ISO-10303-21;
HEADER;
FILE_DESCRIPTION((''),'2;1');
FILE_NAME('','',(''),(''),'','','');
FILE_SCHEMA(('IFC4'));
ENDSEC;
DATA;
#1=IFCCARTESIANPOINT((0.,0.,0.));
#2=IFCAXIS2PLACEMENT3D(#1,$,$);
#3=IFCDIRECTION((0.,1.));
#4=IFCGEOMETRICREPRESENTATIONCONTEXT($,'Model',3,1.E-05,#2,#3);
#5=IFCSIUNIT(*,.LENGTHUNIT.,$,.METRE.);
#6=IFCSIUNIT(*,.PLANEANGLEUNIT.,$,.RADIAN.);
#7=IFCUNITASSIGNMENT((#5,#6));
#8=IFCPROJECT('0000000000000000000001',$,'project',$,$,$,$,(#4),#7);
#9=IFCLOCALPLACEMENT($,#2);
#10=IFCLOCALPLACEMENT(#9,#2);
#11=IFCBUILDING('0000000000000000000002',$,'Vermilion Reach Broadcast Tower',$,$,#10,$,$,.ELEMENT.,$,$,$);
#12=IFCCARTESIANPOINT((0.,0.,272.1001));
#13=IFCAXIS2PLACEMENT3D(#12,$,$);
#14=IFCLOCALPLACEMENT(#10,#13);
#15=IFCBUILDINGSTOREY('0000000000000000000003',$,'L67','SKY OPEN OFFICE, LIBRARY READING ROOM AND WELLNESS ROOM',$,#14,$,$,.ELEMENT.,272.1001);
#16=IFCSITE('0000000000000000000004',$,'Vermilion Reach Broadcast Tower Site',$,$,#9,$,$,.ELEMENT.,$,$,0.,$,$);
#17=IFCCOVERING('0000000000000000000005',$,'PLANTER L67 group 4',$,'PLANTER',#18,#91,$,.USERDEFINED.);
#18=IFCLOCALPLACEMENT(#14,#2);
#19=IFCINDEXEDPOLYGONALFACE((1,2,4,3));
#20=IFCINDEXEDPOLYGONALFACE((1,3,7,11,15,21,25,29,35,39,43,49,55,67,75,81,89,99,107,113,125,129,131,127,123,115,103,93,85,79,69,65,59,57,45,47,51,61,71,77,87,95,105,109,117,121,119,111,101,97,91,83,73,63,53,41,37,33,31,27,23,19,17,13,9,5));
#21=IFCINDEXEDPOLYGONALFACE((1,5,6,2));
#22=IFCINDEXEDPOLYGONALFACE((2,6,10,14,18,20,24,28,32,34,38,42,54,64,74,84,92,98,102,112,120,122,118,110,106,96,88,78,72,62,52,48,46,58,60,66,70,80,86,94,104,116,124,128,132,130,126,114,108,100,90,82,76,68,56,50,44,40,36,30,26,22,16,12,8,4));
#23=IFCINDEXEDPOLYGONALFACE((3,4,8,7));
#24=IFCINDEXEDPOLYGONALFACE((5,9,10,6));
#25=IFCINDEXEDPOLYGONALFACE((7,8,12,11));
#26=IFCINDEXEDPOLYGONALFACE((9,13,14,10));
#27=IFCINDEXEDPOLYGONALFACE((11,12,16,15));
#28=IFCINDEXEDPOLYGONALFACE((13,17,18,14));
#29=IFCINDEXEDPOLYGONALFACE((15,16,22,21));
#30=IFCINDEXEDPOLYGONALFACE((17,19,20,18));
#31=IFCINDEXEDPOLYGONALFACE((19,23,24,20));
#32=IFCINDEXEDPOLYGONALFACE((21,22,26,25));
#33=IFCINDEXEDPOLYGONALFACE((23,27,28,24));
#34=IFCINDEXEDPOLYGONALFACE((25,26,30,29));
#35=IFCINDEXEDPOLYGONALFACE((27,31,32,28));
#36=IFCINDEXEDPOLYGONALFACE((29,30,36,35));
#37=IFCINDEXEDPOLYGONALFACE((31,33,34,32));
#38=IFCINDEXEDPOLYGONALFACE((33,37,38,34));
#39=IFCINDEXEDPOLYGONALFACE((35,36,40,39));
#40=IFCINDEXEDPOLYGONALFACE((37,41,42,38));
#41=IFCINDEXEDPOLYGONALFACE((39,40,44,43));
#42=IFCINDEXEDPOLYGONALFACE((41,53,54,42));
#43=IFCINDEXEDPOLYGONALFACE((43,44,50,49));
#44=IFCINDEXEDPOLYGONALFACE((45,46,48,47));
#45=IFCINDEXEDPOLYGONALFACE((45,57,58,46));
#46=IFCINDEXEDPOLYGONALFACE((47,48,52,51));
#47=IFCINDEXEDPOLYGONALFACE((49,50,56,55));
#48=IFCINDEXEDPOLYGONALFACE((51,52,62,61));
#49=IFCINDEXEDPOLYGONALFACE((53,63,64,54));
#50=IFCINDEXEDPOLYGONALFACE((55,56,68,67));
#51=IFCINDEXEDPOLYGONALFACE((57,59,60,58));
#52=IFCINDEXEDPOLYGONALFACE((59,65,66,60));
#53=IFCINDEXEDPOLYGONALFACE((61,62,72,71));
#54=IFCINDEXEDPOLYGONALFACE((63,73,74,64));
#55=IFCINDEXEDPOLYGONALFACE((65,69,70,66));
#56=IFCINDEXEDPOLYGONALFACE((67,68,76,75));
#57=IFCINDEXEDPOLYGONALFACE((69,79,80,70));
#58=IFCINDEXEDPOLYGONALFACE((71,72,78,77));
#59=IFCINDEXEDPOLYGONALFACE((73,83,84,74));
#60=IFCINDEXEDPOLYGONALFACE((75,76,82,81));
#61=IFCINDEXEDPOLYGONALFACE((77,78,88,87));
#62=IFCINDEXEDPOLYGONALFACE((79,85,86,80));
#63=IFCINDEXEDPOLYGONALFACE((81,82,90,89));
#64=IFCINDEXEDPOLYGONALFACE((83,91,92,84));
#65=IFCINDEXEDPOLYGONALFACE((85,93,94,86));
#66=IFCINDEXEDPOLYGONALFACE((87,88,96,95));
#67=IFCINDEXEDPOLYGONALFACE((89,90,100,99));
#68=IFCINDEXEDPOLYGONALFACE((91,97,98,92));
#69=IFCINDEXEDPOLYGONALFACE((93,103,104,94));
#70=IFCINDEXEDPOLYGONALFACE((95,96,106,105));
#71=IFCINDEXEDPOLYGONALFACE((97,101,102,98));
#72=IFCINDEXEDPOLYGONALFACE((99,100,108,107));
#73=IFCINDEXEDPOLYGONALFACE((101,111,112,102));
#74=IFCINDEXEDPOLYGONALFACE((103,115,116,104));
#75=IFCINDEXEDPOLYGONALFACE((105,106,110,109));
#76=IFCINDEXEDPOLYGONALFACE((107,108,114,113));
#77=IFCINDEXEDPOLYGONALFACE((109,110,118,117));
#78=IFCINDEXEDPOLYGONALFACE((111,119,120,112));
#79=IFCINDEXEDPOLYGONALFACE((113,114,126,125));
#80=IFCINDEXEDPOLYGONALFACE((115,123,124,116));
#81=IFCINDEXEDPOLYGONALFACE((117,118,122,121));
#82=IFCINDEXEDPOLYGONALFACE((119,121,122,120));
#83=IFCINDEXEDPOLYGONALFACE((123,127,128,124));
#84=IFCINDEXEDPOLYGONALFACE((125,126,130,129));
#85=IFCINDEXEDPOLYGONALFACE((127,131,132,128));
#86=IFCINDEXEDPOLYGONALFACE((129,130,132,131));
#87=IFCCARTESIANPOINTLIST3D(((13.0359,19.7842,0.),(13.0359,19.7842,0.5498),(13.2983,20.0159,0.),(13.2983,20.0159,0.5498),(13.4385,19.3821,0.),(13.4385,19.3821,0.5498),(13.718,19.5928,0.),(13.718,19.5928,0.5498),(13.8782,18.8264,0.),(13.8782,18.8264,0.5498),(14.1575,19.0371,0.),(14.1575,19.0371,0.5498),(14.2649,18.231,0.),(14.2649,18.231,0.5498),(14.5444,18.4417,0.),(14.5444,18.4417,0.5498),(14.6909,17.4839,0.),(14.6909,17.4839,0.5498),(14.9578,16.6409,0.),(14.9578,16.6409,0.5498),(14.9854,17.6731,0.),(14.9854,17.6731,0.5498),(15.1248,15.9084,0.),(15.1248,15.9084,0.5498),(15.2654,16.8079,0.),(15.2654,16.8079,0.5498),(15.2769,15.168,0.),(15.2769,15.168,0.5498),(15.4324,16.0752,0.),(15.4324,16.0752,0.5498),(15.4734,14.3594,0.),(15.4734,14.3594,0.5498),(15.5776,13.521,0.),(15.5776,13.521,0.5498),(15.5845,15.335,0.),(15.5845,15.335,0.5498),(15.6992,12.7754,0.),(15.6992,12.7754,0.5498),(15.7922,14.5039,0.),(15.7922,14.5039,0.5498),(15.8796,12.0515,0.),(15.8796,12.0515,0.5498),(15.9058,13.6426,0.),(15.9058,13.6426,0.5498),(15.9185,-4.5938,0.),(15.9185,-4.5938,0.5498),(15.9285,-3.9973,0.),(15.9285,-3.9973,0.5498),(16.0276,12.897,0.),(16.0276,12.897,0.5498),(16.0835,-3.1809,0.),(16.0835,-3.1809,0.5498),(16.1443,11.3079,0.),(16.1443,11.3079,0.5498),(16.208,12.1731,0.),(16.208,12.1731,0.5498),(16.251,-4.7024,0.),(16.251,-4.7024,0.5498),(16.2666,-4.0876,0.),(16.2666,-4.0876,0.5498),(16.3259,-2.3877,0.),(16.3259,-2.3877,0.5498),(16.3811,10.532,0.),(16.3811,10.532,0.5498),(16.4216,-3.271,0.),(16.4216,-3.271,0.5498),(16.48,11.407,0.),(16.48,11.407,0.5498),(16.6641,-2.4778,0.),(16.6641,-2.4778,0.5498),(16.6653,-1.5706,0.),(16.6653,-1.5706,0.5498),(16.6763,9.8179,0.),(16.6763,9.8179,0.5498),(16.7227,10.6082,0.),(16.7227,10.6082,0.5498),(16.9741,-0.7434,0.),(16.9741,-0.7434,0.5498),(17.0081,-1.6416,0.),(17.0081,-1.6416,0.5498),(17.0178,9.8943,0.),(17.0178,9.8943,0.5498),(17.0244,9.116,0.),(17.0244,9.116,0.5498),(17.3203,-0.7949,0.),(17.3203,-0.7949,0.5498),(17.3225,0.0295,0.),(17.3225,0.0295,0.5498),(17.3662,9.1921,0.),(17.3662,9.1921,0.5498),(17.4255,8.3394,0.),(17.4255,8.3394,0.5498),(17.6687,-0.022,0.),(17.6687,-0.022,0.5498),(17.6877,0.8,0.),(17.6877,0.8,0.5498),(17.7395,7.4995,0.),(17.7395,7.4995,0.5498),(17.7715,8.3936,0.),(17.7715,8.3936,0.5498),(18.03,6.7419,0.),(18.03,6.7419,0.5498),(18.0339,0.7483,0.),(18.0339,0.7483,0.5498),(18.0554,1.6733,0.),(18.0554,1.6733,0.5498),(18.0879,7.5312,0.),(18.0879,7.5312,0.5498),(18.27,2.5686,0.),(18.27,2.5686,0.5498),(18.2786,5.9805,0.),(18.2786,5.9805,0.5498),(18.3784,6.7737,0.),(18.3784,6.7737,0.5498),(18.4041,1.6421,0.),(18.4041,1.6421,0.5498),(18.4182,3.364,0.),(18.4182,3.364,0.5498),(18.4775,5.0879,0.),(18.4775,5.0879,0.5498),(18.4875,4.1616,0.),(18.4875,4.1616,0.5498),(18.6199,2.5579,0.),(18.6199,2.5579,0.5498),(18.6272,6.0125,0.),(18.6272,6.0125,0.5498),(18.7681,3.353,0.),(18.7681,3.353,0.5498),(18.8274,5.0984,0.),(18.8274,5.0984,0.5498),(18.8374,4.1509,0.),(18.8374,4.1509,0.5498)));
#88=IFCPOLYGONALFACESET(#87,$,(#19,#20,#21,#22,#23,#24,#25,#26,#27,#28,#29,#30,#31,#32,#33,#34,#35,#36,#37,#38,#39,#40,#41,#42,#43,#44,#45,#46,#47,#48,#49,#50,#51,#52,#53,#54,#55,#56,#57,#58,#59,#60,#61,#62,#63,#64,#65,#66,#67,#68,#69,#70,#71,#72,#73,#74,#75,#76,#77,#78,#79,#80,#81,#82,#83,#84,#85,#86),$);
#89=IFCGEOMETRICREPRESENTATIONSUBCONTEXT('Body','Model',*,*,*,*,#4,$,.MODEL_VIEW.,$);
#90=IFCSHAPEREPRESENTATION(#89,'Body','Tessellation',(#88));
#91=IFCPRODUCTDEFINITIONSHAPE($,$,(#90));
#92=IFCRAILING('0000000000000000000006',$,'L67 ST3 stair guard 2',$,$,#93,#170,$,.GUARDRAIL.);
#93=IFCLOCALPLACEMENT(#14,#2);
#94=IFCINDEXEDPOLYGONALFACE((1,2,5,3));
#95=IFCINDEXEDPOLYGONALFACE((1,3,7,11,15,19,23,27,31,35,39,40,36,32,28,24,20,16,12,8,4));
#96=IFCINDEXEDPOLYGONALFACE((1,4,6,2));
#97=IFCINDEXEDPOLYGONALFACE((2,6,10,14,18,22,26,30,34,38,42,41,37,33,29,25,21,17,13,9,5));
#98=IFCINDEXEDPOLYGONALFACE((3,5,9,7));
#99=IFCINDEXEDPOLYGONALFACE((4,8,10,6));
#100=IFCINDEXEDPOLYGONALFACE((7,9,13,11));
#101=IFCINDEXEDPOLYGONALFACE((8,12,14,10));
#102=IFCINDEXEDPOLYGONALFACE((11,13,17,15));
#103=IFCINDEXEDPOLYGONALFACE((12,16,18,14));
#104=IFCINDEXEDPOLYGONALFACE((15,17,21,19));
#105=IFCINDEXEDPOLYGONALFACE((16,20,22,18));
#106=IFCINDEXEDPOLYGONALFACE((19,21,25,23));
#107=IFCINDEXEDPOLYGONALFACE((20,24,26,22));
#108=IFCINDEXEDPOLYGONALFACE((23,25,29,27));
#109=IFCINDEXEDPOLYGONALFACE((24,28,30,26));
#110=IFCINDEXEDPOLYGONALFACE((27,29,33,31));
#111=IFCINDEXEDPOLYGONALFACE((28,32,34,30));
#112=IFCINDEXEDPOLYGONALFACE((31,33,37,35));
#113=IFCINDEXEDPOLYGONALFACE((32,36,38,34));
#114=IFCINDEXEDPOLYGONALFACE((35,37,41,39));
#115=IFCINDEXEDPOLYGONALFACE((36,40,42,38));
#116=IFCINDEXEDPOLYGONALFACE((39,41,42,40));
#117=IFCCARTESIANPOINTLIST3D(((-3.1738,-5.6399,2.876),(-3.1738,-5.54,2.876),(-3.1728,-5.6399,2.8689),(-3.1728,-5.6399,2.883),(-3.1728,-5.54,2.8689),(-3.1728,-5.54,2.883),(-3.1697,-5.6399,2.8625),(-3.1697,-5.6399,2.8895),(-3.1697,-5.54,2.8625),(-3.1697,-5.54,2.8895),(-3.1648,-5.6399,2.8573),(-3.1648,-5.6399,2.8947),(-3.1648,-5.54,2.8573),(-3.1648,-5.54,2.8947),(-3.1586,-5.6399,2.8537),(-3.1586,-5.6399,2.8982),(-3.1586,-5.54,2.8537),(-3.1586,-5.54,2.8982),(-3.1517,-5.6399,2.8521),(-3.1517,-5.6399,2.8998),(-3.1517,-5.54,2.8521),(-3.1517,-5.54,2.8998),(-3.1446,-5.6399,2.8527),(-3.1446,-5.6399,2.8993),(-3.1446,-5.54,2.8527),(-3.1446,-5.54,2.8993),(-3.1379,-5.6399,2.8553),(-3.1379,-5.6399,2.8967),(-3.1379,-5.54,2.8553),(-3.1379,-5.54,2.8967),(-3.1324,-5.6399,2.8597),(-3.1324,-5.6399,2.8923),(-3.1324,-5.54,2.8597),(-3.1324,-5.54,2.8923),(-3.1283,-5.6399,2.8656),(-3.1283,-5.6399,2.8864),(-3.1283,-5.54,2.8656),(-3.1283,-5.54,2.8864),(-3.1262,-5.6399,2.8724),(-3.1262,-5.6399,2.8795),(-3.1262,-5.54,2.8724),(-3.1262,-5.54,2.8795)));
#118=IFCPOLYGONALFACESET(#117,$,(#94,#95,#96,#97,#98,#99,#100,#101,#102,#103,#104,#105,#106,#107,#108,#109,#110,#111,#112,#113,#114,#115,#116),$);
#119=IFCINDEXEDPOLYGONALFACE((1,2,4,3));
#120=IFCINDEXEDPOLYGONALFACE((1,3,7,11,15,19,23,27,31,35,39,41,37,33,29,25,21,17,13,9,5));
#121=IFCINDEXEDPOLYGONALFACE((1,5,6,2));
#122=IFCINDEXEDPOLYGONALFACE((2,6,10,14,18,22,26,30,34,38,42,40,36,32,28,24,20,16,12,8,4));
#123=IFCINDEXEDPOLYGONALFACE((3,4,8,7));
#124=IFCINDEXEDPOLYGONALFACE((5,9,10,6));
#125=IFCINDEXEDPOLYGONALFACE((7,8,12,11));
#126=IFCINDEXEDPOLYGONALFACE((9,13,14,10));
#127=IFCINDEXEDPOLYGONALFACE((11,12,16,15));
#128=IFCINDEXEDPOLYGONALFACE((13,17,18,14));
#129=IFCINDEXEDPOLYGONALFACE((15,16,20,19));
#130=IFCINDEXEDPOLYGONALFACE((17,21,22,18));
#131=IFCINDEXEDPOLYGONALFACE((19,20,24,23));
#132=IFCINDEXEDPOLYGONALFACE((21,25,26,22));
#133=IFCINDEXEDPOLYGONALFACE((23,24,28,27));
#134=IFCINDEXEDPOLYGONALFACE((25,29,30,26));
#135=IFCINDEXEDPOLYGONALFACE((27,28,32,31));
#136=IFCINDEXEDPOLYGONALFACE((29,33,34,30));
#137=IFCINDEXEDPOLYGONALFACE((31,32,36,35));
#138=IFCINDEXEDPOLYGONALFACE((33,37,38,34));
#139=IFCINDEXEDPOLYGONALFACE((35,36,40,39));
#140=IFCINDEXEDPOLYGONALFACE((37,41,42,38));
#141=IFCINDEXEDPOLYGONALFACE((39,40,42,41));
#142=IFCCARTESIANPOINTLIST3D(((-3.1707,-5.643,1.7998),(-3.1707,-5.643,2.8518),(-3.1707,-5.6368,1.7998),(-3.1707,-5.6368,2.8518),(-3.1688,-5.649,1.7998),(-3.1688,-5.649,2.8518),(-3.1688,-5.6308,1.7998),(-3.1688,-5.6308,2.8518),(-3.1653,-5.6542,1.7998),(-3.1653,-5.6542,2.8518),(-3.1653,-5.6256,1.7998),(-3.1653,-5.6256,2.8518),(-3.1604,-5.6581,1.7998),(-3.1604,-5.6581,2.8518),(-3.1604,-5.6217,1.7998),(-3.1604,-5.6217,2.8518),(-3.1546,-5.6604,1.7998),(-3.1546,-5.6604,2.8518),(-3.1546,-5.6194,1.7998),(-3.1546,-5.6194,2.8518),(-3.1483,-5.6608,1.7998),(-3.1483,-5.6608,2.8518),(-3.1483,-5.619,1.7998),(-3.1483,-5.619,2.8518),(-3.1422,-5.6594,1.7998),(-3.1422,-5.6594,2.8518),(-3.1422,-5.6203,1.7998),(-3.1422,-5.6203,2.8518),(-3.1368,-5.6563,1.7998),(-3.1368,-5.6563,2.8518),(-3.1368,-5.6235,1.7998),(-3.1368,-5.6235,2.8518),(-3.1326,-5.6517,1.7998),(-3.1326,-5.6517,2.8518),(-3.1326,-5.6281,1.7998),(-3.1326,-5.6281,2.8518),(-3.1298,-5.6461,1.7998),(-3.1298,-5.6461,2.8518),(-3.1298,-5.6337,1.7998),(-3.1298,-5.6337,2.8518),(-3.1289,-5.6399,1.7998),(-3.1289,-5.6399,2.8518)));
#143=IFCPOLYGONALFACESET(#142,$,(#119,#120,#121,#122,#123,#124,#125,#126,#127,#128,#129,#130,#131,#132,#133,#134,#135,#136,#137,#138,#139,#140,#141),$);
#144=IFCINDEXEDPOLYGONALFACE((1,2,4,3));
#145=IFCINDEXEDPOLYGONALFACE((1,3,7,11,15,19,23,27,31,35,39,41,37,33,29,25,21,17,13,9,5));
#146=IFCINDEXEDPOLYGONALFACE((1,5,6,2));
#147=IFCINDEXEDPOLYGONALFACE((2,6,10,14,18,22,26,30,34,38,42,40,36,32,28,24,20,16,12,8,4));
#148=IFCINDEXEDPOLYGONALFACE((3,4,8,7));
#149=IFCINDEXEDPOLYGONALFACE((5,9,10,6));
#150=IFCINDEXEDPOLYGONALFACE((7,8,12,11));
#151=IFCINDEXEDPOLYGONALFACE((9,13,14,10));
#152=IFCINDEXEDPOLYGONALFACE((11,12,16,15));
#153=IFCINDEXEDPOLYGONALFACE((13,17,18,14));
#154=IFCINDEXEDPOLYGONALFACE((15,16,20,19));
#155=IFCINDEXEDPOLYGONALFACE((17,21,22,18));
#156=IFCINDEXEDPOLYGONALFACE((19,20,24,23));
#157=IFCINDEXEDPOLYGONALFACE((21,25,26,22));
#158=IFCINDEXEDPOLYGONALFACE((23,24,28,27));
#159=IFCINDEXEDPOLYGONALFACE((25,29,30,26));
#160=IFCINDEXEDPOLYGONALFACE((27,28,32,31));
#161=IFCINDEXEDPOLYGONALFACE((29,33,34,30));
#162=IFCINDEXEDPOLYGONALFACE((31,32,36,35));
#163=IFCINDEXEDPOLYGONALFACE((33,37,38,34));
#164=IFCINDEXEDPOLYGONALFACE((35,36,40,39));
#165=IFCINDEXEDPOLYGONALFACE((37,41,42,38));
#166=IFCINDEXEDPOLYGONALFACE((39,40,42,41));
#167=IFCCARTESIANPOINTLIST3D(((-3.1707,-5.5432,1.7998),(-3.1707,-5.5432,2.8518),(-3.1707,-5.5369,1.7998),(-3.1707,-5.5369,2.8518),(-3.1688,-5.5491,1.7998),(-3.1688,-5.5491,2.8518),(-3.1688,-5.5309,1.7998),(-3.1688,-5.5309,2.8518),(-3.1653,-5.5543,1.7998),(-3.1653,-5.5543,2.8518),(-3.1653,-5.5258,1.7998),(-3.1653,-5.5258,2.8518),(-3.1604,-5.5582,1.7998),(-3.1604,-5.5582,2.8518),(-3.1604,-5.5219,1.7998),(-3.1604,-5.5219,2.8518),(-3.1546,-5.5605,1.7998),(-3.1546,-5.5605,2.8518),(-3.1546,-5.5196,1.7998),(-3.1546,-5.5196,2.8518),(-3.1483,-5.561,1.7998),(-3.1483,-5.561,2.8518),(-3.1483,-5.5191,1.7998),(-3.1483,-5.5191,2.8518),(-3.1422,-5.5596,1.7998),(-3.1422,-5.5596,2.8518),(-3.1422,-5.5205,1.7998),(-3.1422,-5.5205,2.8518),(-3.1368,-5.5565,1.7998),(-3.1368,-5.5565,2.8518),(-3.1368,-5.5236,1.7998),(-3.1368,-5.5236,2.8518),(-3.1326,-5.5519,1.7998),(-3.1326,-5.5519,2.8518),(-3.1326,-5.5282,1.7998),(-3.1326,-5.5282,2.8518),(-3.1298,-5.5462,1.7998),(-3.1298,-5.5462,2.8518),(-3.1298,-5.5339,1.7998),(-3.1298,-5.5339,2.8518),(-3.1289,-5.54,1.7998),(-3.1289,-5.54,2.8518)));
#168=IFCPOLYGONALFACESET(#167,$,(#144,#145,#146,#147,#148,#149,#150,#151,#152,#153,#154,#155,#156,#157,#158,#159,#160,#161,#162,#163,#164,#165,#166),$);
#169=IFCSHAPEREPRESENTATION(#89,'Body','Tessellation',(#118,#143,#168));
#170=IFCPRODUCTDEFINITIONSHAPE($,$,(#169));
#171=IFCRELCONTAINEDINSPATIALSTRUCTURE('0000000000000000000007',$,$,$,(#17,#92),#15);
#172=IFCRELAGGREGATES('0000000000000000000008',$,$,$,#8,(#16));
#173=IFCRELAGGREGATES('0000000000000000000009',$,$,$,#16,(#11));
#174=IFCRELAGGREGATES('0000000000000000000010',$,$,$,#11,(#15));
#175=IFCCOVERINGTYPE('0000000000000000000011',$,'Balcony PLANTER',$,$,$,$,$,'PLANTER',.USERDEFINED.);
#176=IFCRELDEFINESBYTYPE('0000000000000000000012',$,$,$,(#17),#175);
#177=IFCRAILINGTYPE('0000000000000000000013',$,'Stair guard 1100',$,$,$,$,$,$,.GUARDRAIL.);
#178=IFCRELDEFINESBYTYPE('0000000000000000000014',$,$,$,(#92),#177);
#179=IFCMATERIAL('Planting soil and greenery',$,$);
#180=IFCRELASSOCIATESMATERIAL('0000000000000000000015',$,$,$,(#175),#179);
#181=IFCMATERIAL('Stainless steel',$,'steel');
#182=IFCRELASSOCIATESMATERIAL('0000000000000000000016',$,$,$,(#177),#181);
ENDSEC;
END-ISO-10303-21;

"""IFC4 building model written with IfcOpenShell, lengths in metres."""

from ifc_helpers import new_model, si_unit, direction, frame, origin, origin_2d, place, context, subcontext, project, spatial, polyline, circle, outline, extrude, material, type_object, element, save


model = new_model("IFC4")

# Units and contexts
model_context = context("Model", 3, precision=1e-05, world=origin(), true_north=direction((0.0, 1.0)))
body_context = subcontext(model_context, "Body", "Model", "MODEL_VIEW")
ifc_project = project(units=[si_unit("LENGTHUNIT", "METRE"), si_unit("PLANEANGLEUNIT", "RADIAN")], contexts=[model_context])

# Site, building, storey
site_placement = place(None, origin())
site = spatial("IfcSite", under=ifc_project, at=site_placement, Name="Vermilion Reach Broadcast Tower Site", CompositionType="ELEMENT", RefElevation=0.0)
building_placement = place(site_placement, origin())
building = spatial("IfcBuilding", under=site, at=building_placement, Name="Vermilion Reach Broadcast Tower", CompositionType="ELEMENT")
storey_placement = place(building_placement, frame((0.0, 0.0, 272.1001)))
storey = spatial("IfcBuildingStorey", under=building, at=storey_placement, Name="L67", Description="SKY OPEN OFFICE, LIBRARY READING ROOM AND WELLNESS ROOM", CompositionType="ELEMENT", Elevation=272.1001)

# Shared definitions
placement_1 = place(storey_placement, origin())

# Covering
ifc_material_1 = material(Name="Planting soil and greenery")
covering_type = type_object("IfcCoveringType", Name="Balcony PLANTER", ElementType="PLANTER", PredefinedType="USERDEFINED", material=ifc_material_1)
element("IfcCovering", 1, at=placement_1, inside=storey, type_object=covering_type, Name="PLANTER L67 group 4", ObjectType="PLANTER", PredefinedType="USERDEFINED", context=body_context, shape_type="SweptSolid", body=[
    extrude(outline(polyline([(16.251, -4.7024), (16.2666, -4.0876), (16.4216, -3.271), (16.6641, -2.4778), (17.0081, -1.6416), (17.3203, -0.7949), (17.6687, -0.022), (18.0339, 0.7483), (18.4041, 1.6421), (18.6199, 2.5579), (18.7681, 3.353), (18.8374, 4.1509), (18.8274, 5.0984), (18.6272, 6.0125), (18.3784, 6.7737), (18.0879, 7.5312), (17.7715, 8.3936), (17.3662, 9.1921), (17.0178, 9.8943), (16.7227, 10.6082), (16.48, 11.407), (16.208, 12.1731), (16.0276, 12.897), (15.9058, 13.6426), (15.7922, 14.5039), (15.5845, 15.335), (15.4324, 16.0752), (15.2654, 16.8079), (14.9854, 17.6731), (14.5444, 18.4417), (14.1575, 19.0371), (13.718, 19.5928), (13.2983, 20.0159), (13.0359, 19.7842), (13.4385, 19.3821), (13.8782, 18.8264), (14.2649, 18.231), (14.6909, 17.4839), (14.9578, 16.6409), (15.1248, 15.9084), (15.2769, 15.168), (15.4734, 14.3594), (15.5776, 13.521), (15.6992, 12.7754), (15.8796, 12.0515), (16.1443, 11.3079), (16.3811, 10.532), (16.6763, 9.8179), (17.0244, 9.116), (17.4255, 8.3394), (17.7395, 7.4995), (18.03, 6.7419), (18.2786, 5.9805), (18.4775, 5.0879), (18.4875, 4.1616), (18.4182, 3.364), (18.27, 2.5686), (18.0554, 1.6733), (17.6877, 0.8), (17.3225, 0.0295), (16.9741, -0.7434), (16.6653, -1.5706), (16.3259, -2.3877), (16.0835, -3.1809), (15.9285, -3.9973), (15.9185, -4.5938), (16.251, -4.7024)])), origin(), (0.0, 0.0, 1.0), 0.5498),
])

# Railing
ifc_material_2 = material(Name="Stainless steel", Category="steel")
railing_type_1 = type_object("IfcRailingType", Name="Stair guard 1100", PredefinedType="GUARDRAIL", material=ifc_material_2)
railing_1_placement = place(storey_placement, frame((-3.1499, -5.6399, 1.7998)))
element("IfcRailing", 2, at=railing_1_placement, inside=storey, type_object=railing_type_1, Name="L67 ST3 stair guard 2", PredefinedType="GUARDRAIL", context=body_context, shape_type="SweptSolid", body=[
    extrude(circle(Radius=0.0239, at=origin_2d()), frame((0.0, 0.0, 1.0762), z_axis=(0.0, 1.0, 0.0), x_axis=(-1.0, 0.0, 0.0)), (0.0, 0.0, 1.0), 0.0999),
    extrude(circle(Radius=0.021, at=origin_2d()), origin(), (0.0, 0.0, 1.0), 1.052),
    extrude(circle(Radius=0.021, at=origin_2d()), frame((0.0, 0.0999, 0.0)), (0.0, 0.0, 1.0), 1.052),
])

save(model, "model.ifc")
